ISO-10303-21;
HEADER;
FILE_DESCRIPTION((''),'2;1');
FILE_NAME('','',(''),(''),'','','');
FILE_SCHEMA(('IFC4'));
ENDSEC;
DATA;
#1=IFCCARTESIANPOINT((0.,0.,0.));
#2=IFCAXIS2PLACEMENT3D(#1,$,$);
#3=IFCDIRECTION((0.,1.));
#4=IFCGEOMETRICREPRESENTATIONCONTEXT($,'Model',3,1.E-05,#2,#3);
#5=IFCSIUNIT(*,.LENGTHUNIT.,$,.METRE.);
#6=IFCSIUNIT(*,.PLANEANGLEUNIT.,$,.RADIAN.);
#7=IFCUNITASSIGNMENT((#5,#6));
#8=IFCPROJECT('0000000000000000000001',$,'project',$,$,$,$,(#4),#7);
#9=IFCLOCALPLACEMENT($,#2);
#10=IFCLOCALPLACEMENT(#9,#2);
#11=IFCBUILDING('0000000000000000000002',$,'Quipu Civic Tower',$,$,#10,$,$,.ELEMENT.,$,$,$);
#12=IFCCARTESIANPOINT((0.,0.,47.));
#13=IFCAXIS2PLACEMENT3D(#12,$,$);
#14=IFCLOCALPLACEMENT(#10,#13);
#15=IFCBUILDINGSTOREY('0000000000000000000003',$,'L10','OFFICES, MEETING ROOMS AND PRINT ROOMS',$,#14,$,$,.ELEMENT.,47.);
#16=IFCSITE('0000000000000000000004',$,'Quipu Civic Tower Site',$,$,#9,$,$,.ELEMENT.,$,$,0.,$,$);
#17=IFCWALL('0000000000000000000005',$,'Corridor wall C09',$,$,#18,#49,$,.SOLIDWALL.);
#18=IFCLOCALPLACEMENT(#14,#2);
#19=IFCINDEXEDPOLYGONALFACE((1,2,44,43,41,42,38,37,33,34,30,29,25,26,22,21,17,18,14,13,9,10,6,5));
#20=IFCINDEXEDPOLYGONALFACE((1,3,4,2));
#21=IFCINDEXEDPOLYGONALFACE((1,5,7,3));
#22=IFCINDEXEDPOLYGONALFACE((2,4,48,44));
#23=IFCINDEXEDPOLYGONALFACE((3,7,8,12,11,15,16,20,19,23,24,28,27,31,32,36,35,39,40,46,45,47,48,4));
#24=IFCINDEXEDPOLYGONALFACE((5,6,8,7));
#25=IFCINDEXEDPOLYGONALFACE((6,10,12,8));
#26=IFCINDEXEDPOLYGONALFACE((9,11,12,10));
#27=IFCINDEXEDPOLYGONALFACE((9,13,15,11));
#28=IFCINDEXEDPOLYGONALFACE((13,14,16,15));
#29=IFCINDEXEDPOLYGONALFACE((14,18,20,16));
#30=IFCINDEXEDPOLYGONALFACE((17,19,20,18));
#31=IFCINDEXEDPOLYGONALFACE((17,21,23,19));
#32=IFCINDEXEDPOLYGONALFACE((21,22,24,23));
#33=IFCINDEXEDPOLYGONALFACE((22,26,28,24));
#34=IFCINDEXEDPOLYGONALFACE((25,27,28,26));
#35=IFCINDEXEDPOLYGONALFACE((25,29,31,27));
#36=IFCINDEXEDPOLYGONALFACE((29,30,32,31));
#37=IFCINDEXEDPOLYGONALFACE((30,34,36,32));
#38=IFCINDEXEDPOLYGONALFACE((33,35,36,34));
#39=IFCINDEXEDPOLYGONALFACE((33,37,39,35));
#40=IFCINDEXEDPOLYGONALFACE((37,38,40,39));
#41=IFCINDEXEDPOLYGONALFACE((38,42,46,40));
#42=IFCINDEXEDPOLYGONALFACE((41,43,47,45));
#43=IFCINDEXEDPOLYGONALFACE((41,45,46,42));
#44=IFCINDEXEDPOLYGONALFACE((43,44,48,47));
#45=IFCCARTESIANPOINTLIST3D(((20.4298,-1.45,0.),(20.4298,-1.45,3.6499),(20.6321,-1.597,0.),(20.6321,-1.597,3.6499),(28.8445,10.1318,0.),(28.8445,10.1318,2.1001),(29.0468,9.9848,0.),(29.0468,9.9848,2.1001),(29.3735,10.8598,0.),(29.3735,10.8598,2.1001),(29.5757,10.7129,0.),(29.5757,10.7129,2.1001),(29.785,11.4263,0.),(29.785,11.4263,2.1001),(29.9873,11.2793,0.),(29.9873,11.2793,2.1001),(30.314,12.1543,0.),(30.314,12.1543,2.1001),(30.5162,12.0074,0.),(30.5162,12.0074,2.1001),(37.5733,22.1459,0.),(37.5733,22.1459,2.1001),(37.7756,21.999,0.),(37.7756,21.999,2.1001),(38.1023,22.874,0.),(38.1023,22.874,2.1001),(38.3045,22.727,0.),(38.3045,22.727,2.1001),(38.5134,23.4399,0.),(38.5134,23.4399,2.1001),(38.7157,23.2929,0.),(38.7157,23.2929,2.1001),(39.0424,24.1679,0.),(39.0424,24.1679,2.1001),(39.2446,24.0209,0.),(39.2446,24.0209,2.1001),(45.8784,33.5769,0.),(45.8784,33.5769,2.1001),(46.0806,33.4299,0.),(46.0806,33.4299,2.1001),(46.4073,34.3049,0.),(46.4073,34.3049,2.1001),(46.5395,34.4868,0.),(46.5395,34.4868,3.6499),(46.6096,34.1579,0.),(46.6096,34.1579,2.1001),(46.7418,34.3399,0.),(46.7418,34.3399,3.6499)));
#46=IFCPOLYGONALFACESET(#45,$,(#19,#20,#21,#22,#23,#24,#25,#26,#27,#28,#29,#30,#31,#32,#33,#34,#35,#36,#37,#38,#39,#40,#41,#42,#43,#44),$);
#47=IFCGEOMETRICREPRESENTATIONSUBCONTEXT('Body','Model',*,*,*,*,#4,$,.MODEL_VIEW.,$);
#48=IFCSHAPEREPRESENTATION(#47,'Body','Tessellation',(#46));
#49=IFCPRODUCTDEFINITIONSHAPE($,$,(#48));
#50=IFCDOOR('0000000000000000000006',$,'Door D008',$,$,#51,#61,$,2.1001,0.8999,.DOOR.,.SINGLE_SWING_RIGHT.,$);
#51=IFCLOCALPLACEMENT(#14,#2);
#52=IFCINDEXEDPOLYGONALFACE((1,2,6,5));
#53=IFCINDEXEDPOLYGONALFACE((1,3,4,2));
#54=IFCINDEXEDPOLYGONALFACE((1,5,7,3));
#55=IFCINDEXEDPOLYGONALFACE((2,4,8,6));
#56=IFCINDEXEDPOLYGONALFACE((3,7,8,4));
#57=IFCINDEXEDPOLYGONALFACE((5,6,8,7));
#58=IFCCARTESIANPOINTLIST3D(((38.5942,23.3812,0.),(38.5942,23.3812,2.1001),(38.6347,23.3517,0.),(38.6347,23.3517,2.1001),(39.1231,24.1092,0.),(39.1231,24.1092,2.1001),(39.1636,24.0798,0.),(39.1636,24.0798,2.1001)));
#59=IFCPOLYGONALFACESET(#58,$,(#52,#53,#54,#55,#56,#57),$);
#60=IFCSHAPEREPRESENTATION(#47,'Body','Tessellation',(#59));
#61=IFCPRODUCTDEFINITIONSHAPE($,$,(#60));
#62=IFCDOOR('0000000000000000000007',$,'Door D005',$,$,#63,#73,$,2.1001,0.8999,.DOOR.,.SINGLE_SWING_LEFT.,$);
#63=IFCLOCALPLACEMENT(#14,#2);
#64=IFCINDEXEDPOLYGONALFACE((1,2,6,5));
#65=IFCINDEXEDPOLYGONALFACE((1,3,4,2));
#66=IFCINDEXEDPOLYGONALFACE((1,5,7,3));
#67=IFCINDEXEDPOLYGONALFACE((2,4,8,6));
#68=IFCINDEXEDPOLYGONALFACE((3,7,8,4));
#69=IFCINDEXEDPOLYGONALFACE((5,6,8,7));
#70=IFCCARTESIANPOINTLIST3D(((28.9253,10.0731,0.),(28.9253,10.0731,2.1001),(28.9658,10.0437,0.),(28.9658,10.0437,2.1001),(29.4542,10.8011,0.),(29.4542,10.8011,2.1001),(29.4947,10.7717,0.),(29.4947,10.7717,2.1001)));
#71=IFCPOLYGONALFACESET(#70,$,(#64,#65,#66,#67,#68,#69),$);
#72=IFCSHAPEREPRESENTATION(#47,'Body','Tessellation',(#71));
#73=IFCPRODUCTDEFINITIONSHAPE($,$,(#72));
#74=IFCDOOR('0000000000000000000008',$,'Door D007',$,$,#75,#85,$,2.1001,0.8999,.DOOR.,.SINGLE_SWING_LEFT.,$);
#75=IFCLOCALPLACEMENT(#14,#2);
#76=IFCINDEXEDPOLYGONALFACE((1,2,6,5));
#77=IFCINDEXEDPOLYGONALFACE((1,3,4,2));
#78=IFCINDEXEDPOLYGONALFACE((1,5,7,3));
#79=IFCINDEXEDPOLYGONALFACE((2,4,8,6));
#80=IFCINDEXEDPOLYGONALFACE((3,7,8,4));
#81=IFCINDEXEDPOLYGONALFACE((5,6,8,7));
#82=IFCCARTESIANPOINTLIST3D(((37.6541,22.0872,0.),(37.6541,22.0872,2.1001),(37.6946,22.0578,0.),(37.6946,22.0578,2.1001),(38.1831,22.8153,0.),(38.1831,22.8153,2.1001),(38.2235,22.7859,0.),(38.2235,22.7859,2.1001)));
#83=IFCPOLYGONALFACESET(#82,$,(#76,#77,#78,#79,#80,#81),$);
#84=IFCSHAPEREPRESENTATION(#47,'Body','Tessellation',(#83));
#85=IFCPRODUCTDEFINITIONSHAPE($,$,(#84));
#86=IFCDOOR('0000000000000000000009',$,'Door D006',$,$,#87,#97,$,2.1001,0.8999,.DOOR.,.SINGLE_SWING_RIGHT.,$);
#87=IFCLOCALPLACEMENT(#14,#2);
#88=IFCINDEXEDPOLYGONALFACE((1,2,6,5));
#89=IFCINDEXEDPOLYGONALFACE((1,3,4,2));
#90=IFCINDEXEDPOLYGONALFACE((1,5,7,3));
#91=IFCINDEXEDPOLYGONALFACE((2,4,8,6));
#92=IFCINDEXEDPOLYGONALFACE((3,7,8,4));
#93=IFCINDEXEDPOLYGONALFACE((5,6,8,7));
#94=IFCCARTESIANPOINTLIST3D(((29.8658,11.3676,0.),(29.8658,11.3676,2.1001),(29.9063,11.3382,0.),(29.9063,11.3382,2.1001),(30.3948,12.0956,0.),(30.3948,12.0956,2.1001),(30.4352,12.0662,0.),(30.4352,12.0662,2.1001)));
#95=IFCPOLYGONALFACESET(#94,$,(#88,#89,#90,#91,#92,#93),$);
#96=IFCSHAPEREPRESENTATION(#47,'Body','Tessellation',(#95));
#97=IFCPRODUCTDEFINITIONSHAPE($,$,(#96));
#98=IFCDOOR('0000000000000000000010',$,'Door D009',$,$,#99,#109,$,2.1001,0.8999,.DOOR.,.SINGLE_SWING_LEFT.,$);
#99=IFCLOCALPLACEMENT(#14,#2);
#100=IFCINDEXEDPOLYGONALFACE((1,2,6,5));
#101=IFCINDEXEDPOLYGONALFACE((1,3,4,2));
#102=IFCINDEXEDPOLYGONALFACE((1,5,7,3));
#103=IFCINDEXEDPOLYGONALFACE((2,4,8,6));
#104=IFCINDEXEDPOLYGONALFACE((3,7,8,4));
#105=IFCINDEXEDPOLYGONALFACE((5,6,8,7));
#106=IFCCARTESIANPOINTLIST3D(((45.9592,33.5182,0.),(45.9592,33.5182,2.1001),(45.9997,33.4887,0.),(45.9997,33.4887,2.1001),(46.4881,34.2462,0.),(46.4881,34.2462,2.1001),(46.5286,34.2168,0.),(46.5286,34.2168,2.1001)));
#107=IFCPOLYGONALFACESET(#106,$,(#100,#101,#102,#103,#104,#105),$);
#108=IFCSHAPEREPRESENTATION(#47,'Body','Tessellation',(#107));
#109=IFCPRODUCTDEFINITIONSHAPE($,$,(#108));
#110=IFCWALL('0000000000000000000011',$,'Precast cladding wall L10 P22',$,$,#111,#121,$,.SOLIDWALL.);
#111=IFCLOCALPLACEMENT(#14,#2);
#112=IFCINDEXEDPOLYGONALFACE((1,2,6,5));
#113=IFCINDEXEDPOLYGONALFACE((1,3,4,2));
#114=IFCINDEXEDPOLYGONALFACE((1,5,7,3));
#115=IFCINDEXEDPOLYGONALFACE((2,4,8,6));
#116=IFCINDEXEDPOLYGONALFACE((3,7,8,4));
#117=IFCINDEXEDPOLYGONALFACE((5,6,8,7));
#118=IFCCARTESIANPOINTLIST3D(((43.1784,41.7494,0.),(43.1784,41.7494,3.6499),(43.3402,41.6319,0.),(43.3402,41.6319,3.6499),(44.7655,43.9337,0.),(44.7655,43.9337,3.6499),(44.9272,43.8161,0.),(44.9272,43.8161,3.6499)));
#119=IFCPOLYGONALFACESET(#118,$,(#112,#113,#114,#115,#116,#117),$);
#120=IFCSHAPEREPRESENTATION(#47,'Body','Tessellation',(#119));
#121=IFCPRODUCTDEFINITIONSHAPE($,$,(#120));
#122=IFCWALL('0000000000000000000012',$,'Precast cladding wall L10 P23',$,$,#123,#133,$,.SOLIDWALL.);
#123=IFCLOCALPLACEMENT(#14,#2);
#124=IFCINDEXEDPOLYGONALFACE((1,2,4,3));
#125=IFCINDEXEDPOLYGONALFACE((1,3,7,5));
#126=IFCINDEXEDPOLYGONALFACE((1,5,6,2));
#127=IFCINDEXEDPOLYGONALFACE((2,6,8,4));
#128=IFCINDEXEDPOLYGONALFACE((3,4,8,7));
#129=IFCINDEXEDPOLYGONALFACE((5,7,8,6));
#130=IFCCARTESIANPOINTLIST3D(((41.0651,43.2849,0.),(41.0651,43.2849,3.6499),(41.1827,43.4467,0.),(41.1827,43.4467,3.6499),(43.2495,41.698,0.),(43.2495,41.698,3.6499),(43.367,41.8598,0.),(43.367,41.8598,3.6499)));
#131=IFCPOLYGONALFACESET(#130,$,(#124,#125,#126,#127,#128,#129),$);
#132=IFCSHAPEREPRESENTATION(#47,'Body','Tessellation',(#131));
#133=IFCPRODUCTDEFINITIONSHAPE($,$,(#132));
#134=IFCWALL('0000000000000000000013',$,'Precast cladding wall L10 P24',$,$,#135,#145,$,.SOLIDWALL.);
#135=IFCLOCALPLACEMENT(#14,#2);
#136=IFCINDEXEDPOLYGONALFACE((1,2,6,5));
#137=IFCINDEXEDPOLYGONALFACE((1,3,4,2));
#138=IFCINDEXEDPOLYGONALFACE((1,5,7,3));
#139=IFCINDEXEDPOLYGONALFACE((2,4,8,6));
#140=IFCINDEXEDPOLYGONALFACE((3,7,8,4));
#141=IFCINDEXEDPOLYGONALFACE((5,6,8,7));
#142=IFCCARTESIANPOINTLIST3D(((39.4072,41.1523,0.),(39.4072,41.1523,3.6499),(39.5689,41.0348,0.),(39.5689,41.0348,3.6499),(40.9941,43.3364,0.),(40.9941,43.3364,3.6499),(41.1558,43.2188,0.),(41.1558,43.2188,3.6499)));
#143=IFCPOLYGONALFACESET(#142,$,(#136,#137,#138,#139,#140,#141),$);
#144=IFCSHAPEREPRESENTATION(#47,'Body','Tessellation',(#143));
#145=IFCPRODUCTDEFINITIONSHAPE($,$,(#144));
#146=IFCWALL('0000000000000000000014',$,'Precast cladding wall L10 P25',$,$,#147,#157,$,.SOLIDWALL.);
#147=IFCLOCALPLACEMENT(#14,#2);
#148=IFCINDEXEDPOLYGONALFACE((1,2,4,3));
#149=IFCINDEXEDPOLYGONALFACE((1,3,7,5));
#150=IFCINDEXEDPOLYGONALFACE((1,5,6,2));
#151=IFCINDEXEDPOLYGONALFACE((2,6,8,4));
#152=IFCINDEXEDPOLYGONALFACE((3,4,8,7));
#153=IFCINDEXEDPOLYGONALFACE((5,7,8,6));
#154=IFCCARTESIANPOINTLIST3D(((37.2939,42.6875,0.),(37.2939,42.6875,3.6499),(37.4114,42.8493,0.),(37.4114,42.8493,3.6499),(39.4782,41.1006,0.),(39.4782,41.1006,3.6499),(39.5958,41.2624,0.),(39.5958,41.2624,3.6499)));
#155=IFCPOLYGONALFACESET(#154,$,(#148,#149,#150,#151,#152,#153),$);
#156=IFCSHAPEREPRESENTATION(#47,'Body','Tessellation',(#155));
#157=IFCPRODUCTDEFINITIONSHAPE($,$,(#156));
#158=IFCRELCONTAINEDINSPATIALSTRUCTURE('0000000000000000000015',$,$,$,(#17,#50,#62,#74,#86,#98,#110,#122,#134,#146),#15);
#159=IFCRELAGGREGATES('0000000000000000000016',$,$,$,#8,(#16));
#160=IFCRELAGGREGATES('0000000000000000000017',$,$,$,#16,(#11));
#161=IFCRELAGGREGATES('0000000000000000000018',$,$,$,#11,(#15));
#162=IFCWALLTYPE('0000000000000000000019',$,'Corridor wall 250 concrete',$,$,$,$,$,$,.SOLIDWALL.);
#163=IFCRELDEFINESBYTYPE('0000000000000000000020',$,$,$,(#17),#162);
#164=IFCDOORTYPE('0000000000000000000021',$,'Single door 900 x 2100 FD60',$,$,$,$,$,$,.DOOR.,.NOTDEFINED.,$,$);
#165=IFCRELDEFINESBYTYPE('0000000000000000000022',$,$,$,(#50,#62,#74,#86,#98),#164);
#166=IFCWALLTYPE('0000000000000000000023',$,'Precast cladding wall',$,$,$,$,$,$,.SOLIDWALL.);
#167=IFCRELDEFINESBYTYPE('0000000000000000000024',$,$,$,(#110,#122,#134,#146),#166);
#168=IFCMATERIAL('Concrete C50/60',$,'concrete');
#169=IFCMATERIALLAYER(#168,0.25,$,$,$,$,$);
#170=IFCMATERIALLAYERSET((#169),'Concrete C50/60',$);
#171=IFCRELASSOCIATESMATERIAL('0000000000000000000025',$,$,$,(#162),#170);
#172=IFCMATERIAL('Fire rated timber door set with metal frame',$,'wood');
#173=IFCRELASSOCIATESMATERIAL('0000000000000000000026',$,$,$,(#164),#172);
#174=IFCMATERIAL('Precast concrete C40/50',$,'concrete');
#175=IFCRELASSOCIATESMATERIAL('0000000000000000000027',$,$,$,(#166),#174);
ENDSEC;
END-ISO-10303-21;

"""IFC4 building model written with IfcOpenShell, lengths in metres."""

from ifc_helpers import new_model, si_unit, direction, frame, frame_2d, origin, place, context, subcontext, project, spatial, rectangle, extrude, material, layer, layer_set, type_object, element, fill, save


model = new_model("IFC4")

# Units and contexts
model_context = context("Model", 3, precision=1e-05, world=origin(), true_north=direction((0.0, 1.0)))
body_context = subcontext(model_context, "Body", "Model", "MODEL_VIEW")
ifc_project = project(units=[si_unit("LENGTHUNIT", "METRE"), si_unit("PLANEANGLEUNIT", "RADIAN")], contexts=[model_context])

# Site, building, storey
site_placement = place(None, origin())
site = spatial("IfcSite", under=ifc_project, at=site_placement, Name="Quipu Civic Tower Site", CompositionType="ELEMENT", RefElevation=0.0)
building_placement = place(site_placement, origin())
building = spatial("IfcBuilding", under=site, at=building_placement, Name="Quipu Civic Tower", CompositionType="ELEMENT")
storey_placement = place(building_placement, frame((0.0, 0.0, 47.0)))
storey = spatial("IfcBuildingStorey", under=building, at=storey_placement, Name="L10", Description="OFFICES, MEETING ROOMS AND PRINT ROOMS", CompositionType="ELEMENT", Elevation=47.0)

# Shared definitions
ifc_material_1 = material(Name="Concrete C50/60", Category="concrete")
ifc_layer_1 = layer(ifc_material_1, 0.25)
ifc_layer_set_1 = layer_set([ifc_layer_1], Name="Concrete C50/60")
wall_type_1 = type_object("IfcWallType", Name="Corridor wall 250 concrete", PredefinedType="SOLIDWALL", material=ifc_layer_set_1)

# Wall, openings, doors
wall_1_placement = place(storey_placement, frame((46.6406, 34.4133, 0.0), z_axis=(0.0, 0.0, 1.0), x_axis=(-0.587786, -0.809017, 0.0)))
wall_1 = element("IfcWall", 1, at=wall_1_placement, inside=storey, type_object=wall_type_1, Name="Corridor wall C09", PredefinedType="SOLIDWALL", context=body_context, shape_type="SweptSolid", body=[
    extrude(rectangle(XDim=44.4204, YDim=0.25, at=frame_2d((22.2102, 0.0))), origin(), (0.0, 0.0, 1.0), 3.6499),
])
opening_1_placement = place(wall_1_placement, frame((12.7549, 0.0, 0.0)))
opening_1 = element("IfcOpeningElement", 2, at=opening_1_placement, cuts=wall_1, PredefinedType="OPENING", context=body_context, shape_type="SweptSolid", body=[
    extrude(rectangle(XDim=0.8999, YDim=2.1001, at=frame_2d((0.45, 1.05))), frame((0.0, 0.135, 0.0), z_axis=(0.0, -1.0, 0.0), x_axis=(1.0, 0.0, 0.0)), (0.0, 0.0, 1.0), 0.27),
])
opening_2_placement = place(wall_1_placement, frame((29.2046, 0.0, 0.0)))
opening_2 = element("IfcOpeningElement", 3, at=opening_2_placement, cuts=wall_1, PredefinedType="OPENING", context=body_context, shape_type="SweptSolid", body=[
    extrude(rectangle(XDim=0.8999, YDim=2.1001, at=frame_2d((0.45, 1.05))), frame((0.0, 0.135, 0.0), z_axis=(0.0, -1.0, 0.0), x_axis=(1.0, 0.0, 0.0)), (0.0, 0.0, 1.0), 0.27),
])
opening_3_placement = place(wall_1_placement, frame((14.3542, 0.0, 0.0)))
opening_3 = element("IfcOpeningElement", 4, at=opening_3_placement, cuts=wall_1, PredefinedType="OPENING", context=body_context, shape_type="SweptSolid", body=[
    extrude(rectangle(XDim=0.8999, YDim=2.1001, at=frame_2d((0.45, 1.05))), frame((0.0, 0.135, 0.0), z_axis=(0.0, -1.0, 0.0), x_axis=(1.0, 0.0, 0.0)), (0.0, 0.0, 1.0), 0.27),
])
opening_4_placement = place(wall_1_placement, frame((27.6045, 0.0, 0.0)))
opening_4 = element("IfcOpeningElement", 5, at=opening_4_placement, cuts=wall_1, PredefinedType="OPENING", context=body_context, shape_type="SweptSolid", body=[
    extrude(rectangle(XDim=0.8999, YDim=2.1001, at=frame_2d((0.45, 1.05))), frame((0.0, 0.135, 0.0), z_axis=(0.0, -1.0, 0.0), x_axis=(1.0, 0.0, 0.0)), (0.0, 0.0, 1.0), 0.27),
])
opening_5_placement = place(wall_1_placement, frame((0.2249, 0.0, 0.0)))
opening_5 = element("IfcOpeningElement", 6, at=opening_5_placement, cuts=wall_1, PredefinedType="OPENING", context=body_context, shape_type="SweptSolid", body=[
    extrude(rectangle(XDim=0.8999, YDim=2.1001, at=frame_2d((0.45, 1.05))), frame((0.0, 0.135, 0.0), z_axis=(0.0, -1.0, 0.0), x_axis=(1.0, 0.0, 0.0)), (0.0, 0.0, 1.0), 0.27),
])
ifc_material_2 = material(Name="Fire rated timber door set with metal frame", Category="wood")
door_type_1 = type_object("IfcDoorType", Name="Single door 900 x 2100 FD60", OperationType="NOTDEFINED", PredefinedType="DOOR", material=ifc_material_2)
door_1_placement = place(opening_1_placement, origin())
door_1 = element("IfcDoor", 7, at=door_1_placement, inside=storey, type_object=door_type_1, Name="Door D008", OperationType="SINGLE_SWING_RIGHT", OverallHeight=2.1001, OverallWidth=0.8999, PredefinedType="DOOR", context=body_context, shape_type="SweptSolid", body=[
    extrude(rectangle(XDim=0.8999, YDim=2.1001, at=frame_2d((0.45, 1.05))), frame((0.0, 0.0249, 0.0), z_axis=(0.0, -1.0, 0.0), x_axis=(1.0, 0.0, 0.0)), (0.0, 0.0, 1.0), 0.05),
])
fill(opening_1, door_1)
door_2_placement = place(opening_2_placement, origin())
door_2 = element("IfcDoor", 8, at=door_2_placement, inside=storey, type_object=door_type_1, Name="Door D005", OperationType="SINGLE_SWING_LEFT", OverallHeight=2.1001, OverallWidth=0.8999, PredefinedType="DOOR", context=body_context, shape_type="SweptSolid", body=[
    extrude(rectangle(XDim=0.8999, YDim=2.1001, at=frame_2d((0.45, 1.05))), frame((0.0, 0.0249, 0.0), z_axis=(0.0, -1.0, 0.0), x_axis=(1.0, 0.0, 0.0)), (0.0, 0.0, 1.0), 0.05),
])
fill(opening_2, door_2)
door_3_placement = place(opening_3_placement, origin())
door_3 = element("IfcDoor", 9, at=door_3_placement, inside=storey, type_object=door_type_1, Name="Door D007", OperationType="SINGLE_SWING_LEFT", OverallHeight=2.1001, OverallWidth=0.8999, PredefinedType="DOOR", context=body_context, shape_type="SweptSolid", body=[
    extrude(rectangle(XDim=0.8999, YDim=2.1001, at=frame_2d((0.45, 1.05))), frame((0.0, 0.0249, 0.0), z_axis=(0.0, -1.0, 0.0), x_axis=(1.0, 0.0, 0.0)), (0.0, 0.0, 1.0), 0.05),
])
fill(opening_3, door_3)
door_4_placement = place(opening_4_placement, origin())
door_4 = element("IfcDoor", 10, at=door_4_placement, inside=storey, type_object=door_type_1, Name="Door D006", OperationType="SINGLE_SWING_RIGHT", OverallHeight=2.1001, OverallWidth=0.8999, PredefinedType="DOOR", context=body_context, shape_type="SweptSolid", body=[
    extrude(rectangle(XDim=0.8999, YDim=2.1001, at=frame_2d((0.45, 1.05))), frame((0.0, 0.0249, 0.0), z_axis=(0.0, -1.0, 0.0), x_axis=(1.0, 0.0, 0.0)), (0.0, 0.0, 1.0), 0.05),
])
fill(opening_4, door_4)
door_5_placement = place(opening_5_placement, origin())
door_5 = element("IfcDoor", 11, at=door_5_placement, inside=storey, type_object=door_type_1, Name="Door D009", OperationType="SINGLE_SWING_LEFT", OverallHeight=2.1001, OverallWidth=0.8999, PredefinedType="DOOR", context=body_context, shape_type="SweptSolid", body=[
    extrude(rectangle(XDim=0.8999, YDim=2.1001, at=frame_2d((0.45, 1.05))), frame((0.0, 0.0249, 0.0), z_axis=(0.0, -1.0, 0.0), x_axis=(1.0, 0.0, 0.0)), (0.0, 0.0, 1.0), 0.05),
])
fill(opening_5, door_5)

# Walls
ifc_material_3 = material(Name="Precast concrete C40/50", Category="concrete")
wall_type_2 = type_object("IfcWallType", Name="Precast cladding wall", PredefinedType="SOLIDWALL", material=ifc_material_3)
for number, where, z_axis, x_axis, name in (
    (12, (44.8464, 43.875, 0.0), (0.0, 0.0, 1.0), (-0.587822, -0.80899, 0.0), "Precast cladding wall L10 P22"),
    (13, (43.3083, 41.7788, 0.0), (0.0, 0.0, 1.0), (-0.809033, 0.587763, 0.0), "Precast cladding wall L10 P23"),
):
    element("IfcWall", number, at=place(storey_placement, frame(where, z_axis=z_axis, x_axis=x_axis)), inside=storey, type_object=wall_type_2, Name=name, PredefinedType="SOLIDWALL", context=body_context, shape_type="SweptSolid", body=[
        extrude(rectangle(XDim=2.7, YDim=0.2, at=frame_2d((1.3501, 0.0))), origin(), (0.0, 0.0, 1.0), 3.6499),
    ])
wall_2_placement = place(storey_placement, frame((41.075, 43.2776, 0.0), z_axis=(0.0, 0.0, 1.0), x_axis=(-0.587806, -0.809002, 0.0)))
element("IfcWall", 14, at=wall_2_placement, inside=storey, type_object=wall_type_2, Name="Precast cladding wall L10 P24", PredefinedType="SOLIDWALL", context=body_context, shape_type="SweptSolid", body=[
    extrude(rectangle(XDim=2.6997, YDim=0.2, at=frame_2d((1.3499, 0.0))), origin(), (0.0, 0.0, 1.0), 3.6499),
])
wall_3_placement = place(storey_placement, frame((39.5371, 41.1814, 0.0), z_axis=(0.0, 0.0, 1.0), x_axis=(-0.809033, 0.587763, 0.0)))
element("IfcWall", 15, at=wall_3_placement, inside=storey, type_object=wall_type_2, Name="Precast cladding wall L10 P25", PredefinedType="SOLIDWALL", context=body_context, shape_type="SweptSolid", body=[
    extrude(rectangle(XDim=2.7, YDim=0.2, at=frame_2d((1.3501, 0.0))), origin(), (0.0, 0.0, 1.0), 3.6499),
])

save(model, "model.ifc")
